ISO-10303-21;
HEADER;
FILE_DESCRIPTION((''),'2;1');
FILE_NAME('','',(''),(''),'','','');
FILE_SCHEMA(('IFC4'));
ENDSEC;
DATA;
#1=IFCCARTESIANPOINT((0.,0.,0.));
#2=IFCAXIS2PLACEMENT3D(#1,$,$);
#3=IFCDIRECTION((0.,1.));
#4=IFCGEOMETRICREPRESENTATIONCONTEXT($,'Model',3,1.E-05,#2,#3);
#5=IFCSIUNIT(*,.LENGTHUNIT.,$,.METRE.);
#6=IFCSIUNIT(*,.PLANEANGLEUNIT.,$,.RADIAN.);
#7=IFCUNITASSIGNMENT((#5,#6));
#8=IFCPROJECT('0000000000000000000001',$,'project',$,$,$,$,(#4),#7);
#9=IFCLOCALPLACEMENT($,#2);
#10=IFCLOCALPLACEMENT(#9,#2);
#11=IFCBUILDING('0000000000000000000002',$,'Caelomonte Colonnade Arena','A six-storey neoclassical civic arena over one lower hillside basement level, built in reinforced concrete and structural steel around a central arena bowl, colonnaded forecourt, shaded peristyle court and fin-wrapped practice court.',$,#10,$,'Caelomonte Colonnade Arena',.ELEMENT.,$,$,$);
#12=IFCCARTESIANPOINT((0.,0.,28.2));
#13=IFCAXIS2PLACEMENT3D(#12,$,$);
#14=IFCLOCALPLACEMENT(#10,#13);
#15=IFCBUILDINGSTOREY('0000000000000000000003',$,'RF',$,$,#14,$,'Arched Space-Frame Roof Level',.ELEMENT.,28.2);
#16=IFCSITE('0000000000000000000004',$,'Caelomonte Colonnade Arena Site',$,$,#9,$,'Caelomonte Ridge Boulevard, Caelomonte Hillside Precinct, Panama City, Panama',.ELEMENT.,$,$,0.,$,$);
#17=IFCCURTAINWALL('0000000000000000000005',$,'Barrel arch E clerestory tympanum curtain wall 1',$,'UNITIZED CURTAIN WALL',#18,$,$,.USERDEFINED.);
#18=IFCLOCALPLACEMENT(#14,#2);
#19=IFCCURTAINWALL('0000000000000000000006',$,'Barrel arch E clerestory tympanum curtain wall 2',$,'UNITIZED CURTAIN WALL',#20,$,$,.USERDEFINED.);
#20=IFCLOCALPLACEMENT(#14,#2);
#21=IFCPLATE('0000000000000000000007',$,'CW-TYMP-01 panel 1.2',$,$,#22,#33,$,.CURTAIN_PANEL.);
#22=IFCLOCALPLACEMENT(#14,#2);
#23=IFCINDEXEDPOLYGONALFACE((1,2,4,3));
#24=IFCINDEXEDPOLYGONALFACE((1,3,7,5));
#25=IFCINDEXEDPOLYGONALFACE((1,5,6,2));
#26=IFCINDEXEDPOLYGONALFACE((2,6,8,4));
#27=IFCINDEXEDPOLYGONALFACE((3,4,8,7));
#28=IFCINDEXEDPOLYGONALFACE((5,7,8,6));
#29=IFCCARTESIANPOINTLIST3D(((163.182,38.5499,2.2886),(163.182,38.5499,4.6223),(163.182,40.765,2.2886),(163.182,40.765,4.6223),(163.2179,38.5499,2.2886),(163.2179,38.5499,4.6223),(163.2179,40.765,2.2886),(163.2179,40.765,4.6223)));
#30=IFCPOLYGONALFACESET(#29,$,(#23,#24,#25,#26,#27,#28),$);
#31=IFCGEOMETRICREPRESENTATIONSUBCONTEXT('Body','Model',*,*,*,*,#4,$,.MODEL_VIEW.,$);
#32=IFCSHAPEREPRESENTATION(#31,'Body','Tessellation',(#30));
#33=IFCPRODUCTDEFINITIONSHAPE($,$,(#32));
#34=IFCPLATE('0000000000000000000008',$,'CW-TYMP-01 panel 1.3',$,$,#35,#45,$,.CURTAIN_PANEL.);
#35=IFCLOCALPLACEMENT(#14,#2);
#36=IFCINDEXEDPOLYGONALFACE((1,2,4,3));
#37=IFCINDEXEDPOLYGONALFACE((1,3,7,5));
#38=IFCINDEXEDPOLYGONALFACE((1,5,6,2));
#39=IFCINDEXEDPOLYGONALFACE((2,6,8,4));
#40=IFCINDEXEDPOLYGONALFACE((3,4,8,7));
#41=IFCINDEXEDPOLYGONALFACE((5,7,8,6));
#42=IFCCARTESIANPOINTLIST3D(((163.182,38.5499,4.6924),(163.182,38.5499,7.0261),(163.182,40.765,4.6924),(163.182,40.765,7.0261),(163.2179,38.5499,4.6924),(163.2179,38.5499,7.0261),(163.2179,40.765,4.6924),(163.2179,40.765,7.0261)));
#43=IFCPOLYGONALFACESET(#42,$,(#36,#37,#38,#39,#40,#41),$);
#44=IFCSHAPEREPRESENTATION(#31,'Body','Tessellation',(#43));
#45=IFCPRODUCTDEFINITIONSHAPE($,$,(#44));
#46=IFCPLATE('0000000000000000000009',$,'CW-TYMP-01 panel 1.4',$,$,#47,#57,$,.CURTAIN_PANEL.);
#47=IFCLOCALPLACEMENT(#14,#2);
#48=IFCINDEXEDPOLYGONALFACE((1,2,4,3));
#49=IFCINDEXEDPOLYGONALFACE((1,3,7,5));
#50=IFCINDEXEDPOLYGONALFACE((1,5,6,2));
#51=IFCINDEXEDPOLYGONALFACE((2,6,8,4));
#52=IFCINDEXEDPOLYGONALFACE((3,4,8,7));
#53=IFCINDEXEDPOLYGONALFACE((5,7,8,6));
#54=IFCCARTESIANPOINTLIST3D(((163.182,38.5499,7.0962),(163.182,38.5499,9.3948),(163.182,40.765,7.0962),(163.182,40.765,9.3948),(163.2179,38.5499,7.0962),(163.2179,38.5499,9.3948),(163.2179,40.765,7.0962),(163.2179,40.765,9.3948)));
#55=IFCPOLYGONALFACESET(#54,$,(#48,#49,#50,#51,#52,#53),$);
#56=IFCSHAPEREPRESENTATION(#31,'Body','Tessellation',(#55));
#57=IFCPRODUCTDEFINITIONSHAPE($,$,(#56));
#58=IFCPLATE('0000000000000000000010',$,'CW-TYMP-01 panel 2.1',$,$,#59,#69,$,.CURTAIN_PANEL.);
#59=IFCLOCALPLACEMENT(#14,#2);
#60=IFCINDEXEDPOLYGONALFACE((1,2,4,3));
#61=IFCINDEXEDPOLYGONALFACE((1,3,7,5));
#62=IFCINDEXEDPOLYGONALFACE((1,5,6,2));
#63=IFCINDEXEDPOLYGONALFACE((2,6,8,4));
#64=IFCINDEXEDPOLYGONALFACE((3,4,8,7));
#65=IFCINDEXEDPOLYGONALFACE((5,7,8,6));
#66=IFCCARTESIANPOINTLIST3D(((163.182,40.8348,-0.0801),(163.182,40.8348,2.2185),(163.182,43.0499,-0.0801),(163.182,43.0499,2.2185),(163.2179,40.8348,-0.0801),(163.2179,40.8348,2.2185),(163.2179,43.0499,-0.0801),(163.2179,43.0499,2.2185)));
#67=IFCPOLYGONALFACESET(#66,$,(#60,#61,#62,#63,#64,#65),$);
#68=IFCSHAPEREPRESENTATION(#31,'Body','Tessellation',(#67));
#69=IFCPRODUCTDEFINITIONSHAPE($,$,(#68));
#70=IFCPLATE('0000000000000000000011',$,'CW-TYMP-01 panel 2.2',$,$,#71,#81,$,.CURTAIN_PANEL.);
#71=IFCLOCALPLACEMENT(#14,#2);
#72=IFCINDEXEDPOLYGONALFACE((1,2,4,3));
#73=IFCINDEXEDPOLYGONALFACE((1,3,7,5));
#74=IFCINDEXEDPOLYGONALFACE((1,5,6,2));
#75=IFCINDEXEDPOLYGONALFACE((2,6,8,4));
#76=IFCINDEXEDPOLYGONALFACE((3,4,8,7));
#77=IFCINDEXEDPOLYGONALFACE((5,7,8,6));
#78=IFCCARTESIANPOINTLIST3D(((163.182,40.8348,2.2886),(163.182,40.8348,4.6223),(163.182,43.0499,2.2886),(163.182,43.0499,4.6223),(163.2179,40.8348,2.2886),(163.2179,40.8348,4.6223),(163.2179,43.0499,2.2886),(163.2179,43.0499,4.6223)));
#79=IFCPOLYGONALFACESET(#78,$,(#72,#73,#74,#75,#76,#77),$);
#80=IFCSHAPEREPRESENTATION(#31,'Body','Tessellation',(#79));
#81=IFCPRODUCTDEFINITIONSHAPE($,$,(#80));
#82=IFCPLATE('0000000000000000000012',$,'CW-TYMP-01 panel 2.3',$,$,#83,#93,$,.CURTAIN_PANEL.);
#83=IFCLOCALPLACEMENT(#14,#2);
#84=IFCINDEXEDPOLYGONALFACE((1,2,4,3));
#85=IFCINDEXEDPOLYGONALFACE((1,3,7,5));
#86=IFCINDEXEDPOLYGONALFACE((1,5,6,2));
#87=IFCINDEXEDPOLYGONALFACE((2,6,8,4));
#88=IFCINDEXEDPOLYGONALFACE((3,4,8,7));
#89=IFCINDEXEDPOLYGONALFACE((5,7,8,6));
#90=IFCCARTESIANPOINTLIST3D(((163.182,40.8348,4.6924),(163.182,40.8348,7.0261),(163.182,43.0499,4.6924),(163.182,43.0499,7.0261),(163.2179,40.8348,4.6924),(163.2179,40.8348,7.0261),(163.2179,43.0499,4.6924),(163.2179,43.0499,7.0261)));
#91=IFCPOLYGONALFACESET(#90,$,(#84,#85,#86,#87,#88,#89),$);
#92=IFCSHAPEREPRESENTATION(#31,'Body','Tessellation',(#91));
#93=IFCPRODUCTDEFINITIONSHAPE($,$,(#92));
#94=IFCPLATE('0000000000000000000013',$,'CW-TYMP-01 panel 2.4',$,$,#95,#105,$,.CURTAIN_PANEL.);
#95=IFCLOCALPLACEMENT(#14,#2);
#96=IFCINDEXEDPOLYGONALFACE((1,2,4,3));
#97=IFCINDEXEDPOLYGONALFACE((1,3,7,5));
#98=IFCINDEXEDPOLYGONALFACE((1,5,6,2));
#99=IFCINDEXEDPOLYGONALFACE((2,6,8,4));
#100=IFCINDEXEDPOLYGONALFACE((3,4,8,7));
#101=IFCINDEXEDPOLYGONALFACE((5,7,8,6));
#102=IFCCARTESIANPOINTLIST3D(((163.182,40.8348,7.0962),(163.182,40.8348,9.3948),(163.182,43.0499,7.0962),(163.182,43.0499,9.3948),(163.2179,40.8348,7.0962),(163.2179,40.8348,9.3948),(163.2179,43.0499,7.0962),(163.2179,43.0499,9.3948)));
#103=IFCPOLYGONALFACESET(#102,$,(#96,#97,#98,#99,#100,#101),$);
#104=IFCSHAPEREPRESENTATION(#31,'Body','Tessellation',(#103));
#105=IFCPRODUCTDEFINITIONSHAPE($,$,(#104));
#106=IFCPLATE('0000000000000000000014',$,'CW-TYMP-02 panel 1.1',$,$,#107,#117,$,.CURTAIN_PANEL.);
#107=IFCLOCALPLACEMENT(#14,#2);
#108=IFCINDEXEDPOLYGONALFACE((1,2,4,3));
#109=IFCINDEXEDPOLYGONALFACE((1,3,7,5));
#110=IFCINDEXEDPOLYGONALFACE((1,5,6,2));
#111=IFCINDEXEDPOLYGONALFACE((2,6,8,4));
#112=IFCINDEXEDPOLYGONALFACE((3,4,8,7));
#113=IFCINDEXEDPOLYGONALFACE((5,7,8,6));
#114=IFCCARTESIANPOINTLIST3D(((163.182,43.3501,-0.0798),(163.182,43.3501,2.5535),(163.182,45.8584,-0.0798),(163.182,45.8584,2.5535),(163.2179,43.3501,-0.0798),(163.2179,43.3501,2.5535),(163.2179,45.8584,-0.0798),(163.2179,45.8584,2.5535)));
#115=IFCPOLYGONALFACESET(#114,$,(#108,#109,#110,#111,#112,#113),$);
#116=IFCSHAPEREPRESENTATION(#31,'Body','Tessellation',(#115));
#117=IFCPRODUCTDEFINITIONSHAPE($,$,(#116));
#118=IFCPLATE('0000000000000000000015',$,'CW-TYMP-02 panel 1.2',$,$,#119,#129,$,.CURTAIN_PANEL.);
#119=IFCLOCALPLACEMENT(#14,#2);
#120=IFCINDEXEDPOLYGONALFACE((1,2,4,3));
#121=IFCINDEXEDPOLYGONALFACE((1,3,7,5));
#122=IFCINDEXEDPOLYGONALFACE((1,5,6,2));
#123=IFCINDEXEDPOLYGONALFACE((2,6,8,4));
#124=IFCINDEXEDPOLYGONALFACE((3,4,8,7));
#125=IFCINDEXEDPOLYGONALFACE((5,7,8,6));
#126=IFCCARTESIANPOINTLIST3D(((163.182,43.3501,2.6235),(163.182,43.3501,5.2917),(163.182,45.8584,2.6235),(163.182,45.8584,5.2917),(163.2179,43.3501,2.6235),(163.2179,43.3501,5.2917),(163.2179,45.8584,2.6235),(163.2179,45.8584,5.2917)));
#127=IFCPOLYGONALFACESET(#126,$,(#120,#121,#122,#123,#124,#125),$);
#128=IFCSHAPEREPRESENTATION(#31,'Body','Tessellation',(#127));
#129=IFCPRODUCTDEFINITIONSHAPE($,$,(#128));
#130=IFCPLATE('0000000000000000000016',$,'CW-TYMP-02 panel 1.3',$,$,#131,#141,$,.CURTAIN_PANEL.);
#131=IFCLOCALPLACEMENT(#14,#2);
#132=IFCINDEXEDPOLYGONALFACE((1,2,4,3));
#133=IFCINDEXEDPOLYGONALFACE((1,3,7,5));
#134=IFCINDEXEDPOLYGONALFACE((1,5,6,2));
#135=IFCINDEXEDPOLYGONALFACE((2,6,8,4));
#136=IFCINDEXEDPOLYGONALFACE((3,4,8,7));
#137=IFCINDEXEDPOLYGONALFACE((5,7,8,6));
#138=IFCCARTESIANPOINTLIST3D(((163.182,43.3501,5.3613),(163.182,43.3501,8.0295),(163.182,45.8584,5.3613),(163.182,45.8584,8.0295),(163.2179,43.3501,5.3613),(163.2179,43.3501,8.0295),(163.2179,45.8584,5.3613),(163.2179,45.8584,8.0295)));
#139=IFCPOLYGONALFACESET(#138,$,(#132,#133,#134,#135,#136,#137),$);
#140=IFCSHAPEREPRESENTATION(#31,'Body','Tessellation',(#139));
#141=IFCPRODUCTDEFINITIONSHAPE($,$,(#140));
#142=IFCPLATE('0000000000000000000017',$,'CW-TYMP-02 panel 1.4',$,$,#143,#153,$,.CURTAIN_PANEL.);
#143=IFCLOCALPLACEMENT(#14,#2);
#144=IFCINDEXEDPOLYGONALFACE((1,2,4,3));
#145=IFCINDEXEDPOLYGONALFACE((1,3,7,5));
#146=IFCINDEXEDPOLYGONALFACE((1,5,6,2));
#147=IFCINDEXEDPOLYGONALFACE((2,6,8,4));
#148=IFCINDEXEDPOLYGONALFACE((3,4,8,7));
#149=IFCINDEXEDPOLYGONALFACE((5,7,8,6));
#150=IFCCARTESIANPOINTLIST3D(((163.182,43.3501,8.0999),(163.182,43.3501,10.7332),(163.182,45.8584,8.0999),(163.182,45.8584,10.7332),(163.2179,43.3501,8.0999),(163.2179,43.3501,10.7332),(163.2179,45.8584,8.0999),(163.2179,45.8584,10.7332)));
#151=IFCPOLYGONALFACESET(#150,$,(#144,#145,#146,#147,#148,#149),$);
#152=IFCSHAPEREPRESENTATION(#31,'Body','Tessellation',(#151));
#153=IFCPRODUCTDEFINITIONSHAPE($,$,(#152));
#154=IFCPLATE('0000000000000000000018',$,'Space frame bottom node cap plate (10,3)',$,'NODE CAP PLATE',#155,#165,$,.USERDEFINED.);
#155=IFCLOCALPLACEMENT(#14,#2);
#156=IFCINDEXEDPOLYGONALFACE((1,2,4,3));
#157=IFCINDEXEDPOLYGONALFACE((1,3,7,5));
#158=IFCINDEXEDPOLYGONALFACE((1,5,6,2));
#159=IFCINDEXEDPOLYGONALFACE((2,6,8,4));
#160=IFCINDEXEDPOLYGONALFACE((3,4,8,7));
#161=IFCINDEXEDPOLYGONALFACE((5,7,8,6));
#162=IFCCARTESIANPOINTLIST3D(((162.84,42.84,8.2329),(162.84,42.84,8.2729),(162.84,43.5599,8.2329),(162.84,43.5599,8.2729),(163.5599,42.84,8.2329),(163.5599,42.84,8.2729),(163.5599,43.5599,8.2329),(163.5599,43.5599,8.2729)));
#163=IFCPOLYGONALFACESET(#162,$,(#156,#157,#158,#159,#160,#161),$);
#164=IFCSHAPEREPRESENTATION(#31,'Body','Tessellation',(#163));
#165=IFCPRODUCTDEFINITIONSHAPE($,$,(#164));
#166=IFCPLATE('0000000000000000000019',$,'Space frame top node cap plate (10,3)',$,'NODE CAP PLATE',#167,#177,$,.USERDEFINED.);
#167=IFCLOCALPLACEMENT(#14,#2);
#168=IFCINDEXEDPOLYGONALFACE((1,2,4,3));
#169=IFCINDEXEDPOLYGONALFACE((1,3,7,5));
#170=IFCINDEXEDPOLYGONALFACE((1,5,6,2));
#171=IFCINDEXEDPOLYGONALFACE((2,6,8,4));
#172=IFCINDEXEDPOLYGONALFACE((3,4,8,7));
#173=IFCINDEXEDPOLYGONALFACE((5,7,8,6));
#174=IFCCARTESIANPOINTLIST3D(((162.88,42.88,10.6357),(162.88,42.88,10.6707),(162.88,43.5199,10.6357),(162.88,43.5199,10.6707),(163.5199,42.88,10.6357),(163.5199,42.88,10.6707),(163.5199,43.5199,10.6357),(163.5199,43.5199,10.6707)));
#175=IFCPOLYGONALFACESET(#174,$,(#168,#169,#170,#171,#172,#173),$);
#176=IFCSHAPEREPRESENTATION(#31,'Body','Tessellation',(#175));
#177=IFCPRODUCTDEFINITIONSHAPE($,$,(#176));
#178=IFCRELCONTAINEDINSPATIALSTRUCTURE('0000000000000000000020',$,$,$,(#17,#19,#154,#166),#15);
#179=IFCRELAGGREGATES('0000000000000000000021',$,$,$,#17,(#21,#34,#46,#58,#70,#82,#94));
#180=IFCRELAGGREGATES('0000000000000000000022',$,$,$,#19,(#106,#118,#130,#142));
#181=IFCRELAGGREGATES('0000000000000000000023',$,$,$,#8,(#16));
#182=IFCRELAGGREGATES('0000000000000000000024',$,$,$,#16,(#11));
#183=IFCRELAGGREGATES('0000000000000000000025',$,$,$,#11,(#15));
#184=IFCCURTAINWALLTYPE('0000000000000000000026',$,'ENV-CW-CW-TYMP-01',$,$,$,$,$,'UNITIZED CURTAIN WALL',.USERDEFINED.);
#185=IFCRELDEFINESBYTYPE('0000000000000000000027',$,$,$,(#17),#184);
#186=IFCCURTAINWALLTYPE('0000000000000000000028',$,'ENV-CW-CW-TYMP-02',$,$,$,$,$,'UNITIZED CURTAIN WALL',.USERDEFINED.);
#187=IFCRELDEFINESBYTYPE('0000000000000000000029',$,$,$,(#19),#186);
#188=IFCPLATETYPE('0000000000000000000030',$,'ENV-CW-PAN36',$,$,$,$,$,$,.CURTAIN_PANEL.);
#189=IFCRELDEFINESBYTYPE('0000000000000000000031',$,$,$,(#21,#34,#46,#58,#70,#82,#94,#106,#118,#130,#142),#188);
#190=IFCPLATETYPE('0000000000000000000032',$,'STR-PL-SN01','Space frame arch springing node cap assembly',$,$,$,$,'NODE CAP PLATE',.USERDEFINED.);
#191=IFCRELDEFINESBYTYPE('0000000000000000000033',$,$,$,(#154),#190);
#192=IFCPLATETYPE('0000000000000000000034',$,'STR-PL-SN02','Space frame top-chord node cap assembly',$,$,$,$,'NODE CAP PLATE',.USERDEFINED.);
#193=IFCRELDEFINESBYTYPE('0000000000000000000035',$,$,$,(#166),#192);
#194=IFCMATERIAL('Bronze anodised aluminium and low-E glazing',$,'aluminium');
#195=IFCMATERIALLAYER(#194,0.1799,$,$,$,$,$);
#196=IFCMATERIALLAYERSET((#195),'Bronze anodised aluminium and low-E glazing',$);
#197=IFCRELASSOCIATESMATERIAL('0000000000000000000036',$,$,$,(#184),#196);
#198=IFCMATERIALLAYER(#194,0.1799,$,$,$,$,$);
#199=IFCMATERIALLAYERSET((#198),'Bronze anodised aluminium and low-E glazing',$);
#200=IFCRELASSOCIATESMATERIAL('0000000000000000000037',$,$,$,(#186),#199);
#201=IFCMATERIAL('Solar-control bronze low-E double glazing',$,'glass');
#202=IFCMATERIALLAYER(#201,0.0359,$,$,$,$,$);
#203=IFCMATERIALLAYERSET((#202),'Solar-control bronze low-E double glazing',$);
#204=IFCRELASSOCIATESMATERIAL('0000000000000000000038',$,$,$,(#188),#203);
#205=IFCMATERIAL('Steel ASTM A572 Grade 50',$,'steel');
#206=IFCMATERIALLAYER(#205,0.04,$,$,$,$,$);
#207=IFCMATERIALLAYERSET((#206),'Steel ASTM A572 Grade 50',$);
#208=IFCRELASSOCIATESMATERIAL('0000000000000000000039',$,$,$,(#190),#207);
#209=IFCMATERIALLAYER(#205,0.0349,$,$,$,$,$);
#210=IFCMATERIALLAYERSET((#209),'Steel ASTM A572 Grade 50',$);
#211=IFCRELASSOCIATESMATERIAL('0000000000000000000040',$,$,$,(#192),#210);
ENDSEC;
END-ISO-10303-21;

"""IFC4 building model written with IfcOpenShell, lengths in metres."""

from ifc_helpers import new_model, si_unit, direction, frame, origin, origin_2d, place, context, subcontext, project, spatial, rectangle, extrude, material, layer, layer_set, type_object, element, aggregate, save


model = new_model("IFC4")

# Units and contexts
model_context = context("Model", 3, precision=1e-05, world=origin(), true_north=direction((0.0, 1.0)))
body_context = subcontext(model_context, "Body", "Model", "MODEL_VIEW")
ifc_project = project(units=[si_unit("LENGTHUNIT", "METRE"), si_unit("PLANEANGLEUNIT", "RADIAN")], contexts=[model_context])

# Site, building, storey
site_placement = place(None, origin())
site = spatial("IfcSite", under=ifc_project, at=site_placement, Name="Caelomonte Colonnade Arena Site", LongName="Caelomonte Ridge Boulevard, Caelomonte Hillside Precinct, Panama City, Panama", CompositionType="ELEMENT", RefElevation=0.0)
building_placement = place(site_placement, origin())
building = spatial("IfcBuilding", under=site, at=building_placement, Name="Caelomonte Colonnade Arena", Description="A six-storey neoclassical civic arena over one lower hillside basement level, built in reinforced concrete and structural steel around a central arena bowl, colonnaded forecourt, shaded peristyle court and fin-wrapped practice court.", LongName="Caelomonte Colonnade Arena", CompositionType="ELEMENT")
storey_placement = place(building_placement, frame((0.0, 0.0, 28.2)))
storey = spatial("IfcBuildingStorey", under=building, at=storey_placement, Name="RF", LongName="Arched Space-Frame Roof Level", CompositionType="ELEMENT", Elevation=28.2)

# Curtain wall
ifc_material_1 = material(Name="Bronze anodised aluminium and low-E glazing", Category="aluminium")
ifc_layer_1 = layer(ifc_material_1, 0.1799)
ifc_layer_set_1 = layer_set([ifc_layer_1], Name="Bronze anodised aluminium and low-E glazing")
curtain_wall_type_1 = type_object("IfcCurtainWallType", Name="ENV-CW-CW-TYMP-01", ElementType="UNITIZED CURTAIN WALL", PredefinedType="USERDEFINED", material=ifc_layer_set_1)
curtain_wall_1_placement = place(storey_placement, origin())
curtain_wall_1 = element("IfcCurtainWall", 1, at=curtain_wall_1_placement, inside=storey, type_object=curtain_wall_type_1, Name="Barrel arch E clerestory tympanum curtain wall 1", ObjectType="UNITIZED CURTAIN WALL", PredefinedType="USERDEFINED")

# Curtain wall
ifc_layer_2 = layer(ifc_material_1, 0.1799)
ifc_layer_set_2 = layer_set([ifc_layer_2], Name="Bronze anodised aluminium and low-E glazing")
curtain_wall_type_2 = type_object("IfcCurtainWallType", Name="ENV-CW-CW-TYMP-02", ElementType="UNITIZED CURTAIN WALL", PredefinedType="USERDEFINED", material=ifc_layer_set_2)
curtain_wall_2_placement = place(storey_placement, origin())
curtain_wall_2 = element("IfcCurtainWall", 2, at=curtain_wall_2_placement, inside=storey, type_object=curtain_wall_type_2, Name="Barrel arch E clerestory tympanum curtain wall 2", ObjectType="UNITIZED CURTAIN WALL", PredefinedType="USERDEFINED")

# Plates
ifc_material_2 = material(Name="Solar-control bronze low-E double glazing", Category="glass")
ifc_layer_3 = layer(ifc_material_2, 0.0359)
ifc_layer_set_3 = layer_set([ifc_layer_3], Name="Solar-control bronze low-E double glazing")
plate_type_1 = type_object("IfcPlateType", Name="ENV-CW-PAN36", PredefinedType="CURTAIN_PANEL", material=ifc_layer_set_3)
plate_1_placement = place(storey_placement, frame((163.2, 39.6575, 2.2886), z_axis=(0.0, 0.0, 1.0), x_axis=(0.0, 1.0, 0.0)))
plate_1 = element("IfcPlate", 3, at=plate_1_placement, type_object=plate_type_1, Name="CW-TYMP-01 panel 1.2", PredefinedType="CURTAIN_PANEL", context=body_context, shape_type="SweptSolid", body=[
    extrude(rectangle(XDim=2.2151, YDim=0.0359, at=origin_2d()), origin(), (0.0, 0.0, 1.0), 2.3337),
])
plate_2_placement = place(storey_placement, frame((163.2, 39.6575, 4.6924), z_axis=(0.0, 0.0, 1.0), x_axis=(0.0, 1.0, 0.0)))
plate_2 = element("IfcPlate", 4, at=plate_2_placement, type_object=plate_type_1, Name="CW-TYMP-01 panel 1.3", PredefinedType="CURTAIN_PANEL", context=body_context, shape_type="SweptSolid", body=[
    extrude(rectangle(XDim=2.2151, YDim=0.0359, at=origin_2d()), origin(), (0.0, 0.0, 1.0), 2.3337),
])
plate_3_placement = place(storey_placement, frame((163.2, 39.6575, 7.0962), z_axis=(0.0, 0.0, 1.0), x_axis=(0.0, 1.0, 0.0)))
plate_3 = element("IfcPlate", 5, at=plate_3_placement, type_object=plate_type_1, Name="CW-TYMP-01 panel 1.4", PredefinedType="CURTAIN_PANEL", context=body_context, shape_type="SweptSolid", body=[
    extrude(rectangle(XDim=2.2151, YDim=0.0359, at=origin_2d()), origin(), (0.0, 0.0, 1.0), 2.2986),
])
plate_4_placement = place(storey_placement, frame((163.2, 41.9424, -0.0801), z_axis=(0.0, 0.0, 1.0), x_axis=(0.0, 1.0, 0.0)))
plate_4 = element("IfcPlate", 6, at=plate_4_placement, type_object=plate_type_1, Name="CW-TYMP-01 panel 2.1", PredefinedType="CURTAIN_PANEL", context=body_context, shape_type="SweptSolid", body=[
    extrude(rectangle(XDim=2.2151, YDim=0.0359, at=origin_2d()), origin(), (0.0, 0.0, 1.0), 2.2986),
])
plate_5_placement = place(storey_placement, frame((163.2, 41.9424, 2.2886), z_axis=(0.0, 0.0, 1.0), x_axis=(0.0, 1.0, 0.0)))
plate_5 = element("IfcPlate", 7, at=plate_5_placement, type_object=plate_type_1, Name="CW-TYMP-01 panel 2.2", PredefinedType="CURTAIN_PANEL", context=body_context, shape_type="SweptSolid", body=[
    extrude(rectangle(XDim=2.2151, YDim=0.0359, at=origin_2d()), origin(), (0.0, 0.0, 1.0), 2.3337),
])
plate_6_placement = place(storey_placement, frame((163.2, 41.9424, 4.6924), z_axis=(0.0, 0.0, 1.0), x_axis=(0.0, 1.0, 0.0)))
plate_6 = element("IfcPlate", 8, at=plate_6_placement, type_object=plate_type_1, Name="CW-TYMP-01 panel 2.3", PredefinedType="CURTAIN_PANEL", context=body_context, shape_type="SweptSolid", body=[
    extrude(rectangle(XDim=2.2151, YDim=0.0359, at=origin_2d()), origin(), (0.0, 0.0, 1.0), 2.3337),
])
plate_7_placement = place(storey_placement, frame((163.2, 41.9424, 7.0962), z_axis=(0.0, 0.0, 1.0), x_axis=(0.0, 1.0, 0.0)))
plate_7 = element("IfcPlate", 9, at=plate_7_placement, type_object=plate_type_1, Name="CW-TYMP-01 panel 2.4", PredefinedType="CURTAIN_PANEL", context=body_context, shape_type="SweptSolid", body=[
    extrude(rectangle(XDim=2.2151, YDim=0.0359, at=origin_2d()), origin(), (0.0, 0.0, 1.0), 2.2986),
])
aggregate(curtain_wall_1, [plate_1, plate_2, plate_3, plate_4, plate_5, plate_6, plate_7])
plate_8_placement = place(storey_placement, frame((163.2, 44.6042, -0.0798), z_axis=(0.0, 0.0, 1.0), x_axis=(0.0, 1.0, 0.0)))
plate_8 = element("IfcPlate", 10, at=plate_8_placement, type_object=plate_type_1, Name="CW-TYMP-02 panel 1.1", PredefinedType="CURTAIN_PANEL", context=body_context, shape_type="SweptSolid", body=[
    extrude(rectangle(XDim=2.5083, YDim=0.0359, at=origin_2d()), origin(), (0.0, 0.0, 1.0), 2.6333),
])
plate_9_placement = place(storey_placement, frame((163.2, 44.6042, 2.6235), z_axis=(0.0, 0.0, 1.0), x_axis=(0.0, 1.0, 0.0)))
plate_9 = element("IfcPlate", 11, at=plate_9_placement, type_object=plate_type_1, Name="CW-TYMP-02 panel 1.2", PredefinedType="CURTAIN_PANEL", context=body_context, shape_type="SweptSolid", body=[
    extrude(rectangle(XDim=2.5083, YDim=0.0359, at=origin_2d()), origin(), (0.0, 0.0, 1.0), 2.6682),
])
plate_10_placement = place(storey_placement, frame((163.2, 44.6042, 5.3613), z_axis=(0.0, 0.0, 1.0), x_axis=(0.0, 1.0, 0.0)))
plate_10 = element("IfcPlate", 12, at=plate_10_placement, type_object=plate_type_1, Name="CW-TYMP-02 panel 1.3", PredefinedType="CURTAIN_PANEL", context=body_context, shape_type="SweptSolid", body=[
    extrude(rectangle(XDim=2.5083, YDim=0.0359, at=origin_2d()), origin(), (0.0, 0.0, 1.0), 2.6682),
])
plate_11_placement = place(storey_placement, frame((163.2, 44.6042, 8.0999), z_axis=(0.0, 0.0, 1.0), x_axis=(0.0, 1.0, 0.0)))
plate_11 = element("IfcPlate", 13, at=plate_11_placement, type_object=plate_type_1, Name="CW-TYMP-02 panel 1.4", PredefinedType="CURTAIN_PANEL", context=body_context, shape_type="SweptSolid", body=[
    extrude(rectangle(XDim=2.5083, YDim=0.0359, at=origin_2d()), origin(), (0.0, 0.0, 1.0), 2.6333),
])
aggregate(curtain_wall_2, [plate_8, plate_9, plate_10, plate_11])

# Plates
ifc_material_3 = material(Name="Steel ASTM A572 Grade 50", Category="steel")
ifc_layer_4 = layer(ifc_material_3, 0.04)
ifc_layer_set_4 = layer_set([ifc_layer_4], Name="Steel ASTM A572 Grade 50")
plate_type_2 = type_object("IfcPlateType", Name="STR-PL-SN01", Description="Space frame arch springing node cap assembly", ElementType="NODE CAP PLATE", PredefinedType="USERDEFINED", material=ifc_layer_set_4)
plate_12_placement = place(storey_placement, frame((163.2, 43.2, 8.2329), z_axis=(0.0, 0.0, 1.0), x_axis=(1.0, 0.0, 0.0)))
element("IfcPlate", 14, at=plate_12_placement, inside=storey, type_object=plate_type_2, Name="Space frame bottom node cap plate (10,3)", ObjectType="NODE CAP PLATE", PredefinedType="USERDEFINED", context=body_context, shape_type="SweptSolid", body=[
    extrude(rectangle(XDim=0.72, YDim=0.72, at=origin_2d()), origin(), (0.0, 0.0, 1.0), 0.04),
])
ifc_layer_5 = layer(ifc_material_3, 0.0349)
ifc_layer_set_5 = layer_set([ifc_layer_5], Name="Steel ASTM A572 Grade 50")
plate_type_3 = type_object("IfcPlateType", Name="STR-PL-SN02", Description="Space frame top-chord node cap assembly", ElementType="NODE CAP PLATE", PredefinedType="USERDEFINED", material=ifc_layer_set_5)
plate_13_placement = place(storey_placement, frame((163.2, 43.2, 10.6357), z_axis=(0.0, 0.0, 1.0), x_axis=(1.0, 0.0, 0.0)))
element("IfcPlate", 15, at=plate_13_placement, inside=storey, type_object=plate_type_3, Name="Space frame top node cap plate (10,3)", ObjectType="NODE CAP PLATE", PredefinedType="USERDEFINED", context=body_context, shape_type="SweptSolid", body=[
    extrude(rectangle(XDim=0.6399, YDim=0.6399, at=origin_2d()), origin(), (0.0, 0.0, 1.0), 0.0349),
])

save(model, "model.ifc")
